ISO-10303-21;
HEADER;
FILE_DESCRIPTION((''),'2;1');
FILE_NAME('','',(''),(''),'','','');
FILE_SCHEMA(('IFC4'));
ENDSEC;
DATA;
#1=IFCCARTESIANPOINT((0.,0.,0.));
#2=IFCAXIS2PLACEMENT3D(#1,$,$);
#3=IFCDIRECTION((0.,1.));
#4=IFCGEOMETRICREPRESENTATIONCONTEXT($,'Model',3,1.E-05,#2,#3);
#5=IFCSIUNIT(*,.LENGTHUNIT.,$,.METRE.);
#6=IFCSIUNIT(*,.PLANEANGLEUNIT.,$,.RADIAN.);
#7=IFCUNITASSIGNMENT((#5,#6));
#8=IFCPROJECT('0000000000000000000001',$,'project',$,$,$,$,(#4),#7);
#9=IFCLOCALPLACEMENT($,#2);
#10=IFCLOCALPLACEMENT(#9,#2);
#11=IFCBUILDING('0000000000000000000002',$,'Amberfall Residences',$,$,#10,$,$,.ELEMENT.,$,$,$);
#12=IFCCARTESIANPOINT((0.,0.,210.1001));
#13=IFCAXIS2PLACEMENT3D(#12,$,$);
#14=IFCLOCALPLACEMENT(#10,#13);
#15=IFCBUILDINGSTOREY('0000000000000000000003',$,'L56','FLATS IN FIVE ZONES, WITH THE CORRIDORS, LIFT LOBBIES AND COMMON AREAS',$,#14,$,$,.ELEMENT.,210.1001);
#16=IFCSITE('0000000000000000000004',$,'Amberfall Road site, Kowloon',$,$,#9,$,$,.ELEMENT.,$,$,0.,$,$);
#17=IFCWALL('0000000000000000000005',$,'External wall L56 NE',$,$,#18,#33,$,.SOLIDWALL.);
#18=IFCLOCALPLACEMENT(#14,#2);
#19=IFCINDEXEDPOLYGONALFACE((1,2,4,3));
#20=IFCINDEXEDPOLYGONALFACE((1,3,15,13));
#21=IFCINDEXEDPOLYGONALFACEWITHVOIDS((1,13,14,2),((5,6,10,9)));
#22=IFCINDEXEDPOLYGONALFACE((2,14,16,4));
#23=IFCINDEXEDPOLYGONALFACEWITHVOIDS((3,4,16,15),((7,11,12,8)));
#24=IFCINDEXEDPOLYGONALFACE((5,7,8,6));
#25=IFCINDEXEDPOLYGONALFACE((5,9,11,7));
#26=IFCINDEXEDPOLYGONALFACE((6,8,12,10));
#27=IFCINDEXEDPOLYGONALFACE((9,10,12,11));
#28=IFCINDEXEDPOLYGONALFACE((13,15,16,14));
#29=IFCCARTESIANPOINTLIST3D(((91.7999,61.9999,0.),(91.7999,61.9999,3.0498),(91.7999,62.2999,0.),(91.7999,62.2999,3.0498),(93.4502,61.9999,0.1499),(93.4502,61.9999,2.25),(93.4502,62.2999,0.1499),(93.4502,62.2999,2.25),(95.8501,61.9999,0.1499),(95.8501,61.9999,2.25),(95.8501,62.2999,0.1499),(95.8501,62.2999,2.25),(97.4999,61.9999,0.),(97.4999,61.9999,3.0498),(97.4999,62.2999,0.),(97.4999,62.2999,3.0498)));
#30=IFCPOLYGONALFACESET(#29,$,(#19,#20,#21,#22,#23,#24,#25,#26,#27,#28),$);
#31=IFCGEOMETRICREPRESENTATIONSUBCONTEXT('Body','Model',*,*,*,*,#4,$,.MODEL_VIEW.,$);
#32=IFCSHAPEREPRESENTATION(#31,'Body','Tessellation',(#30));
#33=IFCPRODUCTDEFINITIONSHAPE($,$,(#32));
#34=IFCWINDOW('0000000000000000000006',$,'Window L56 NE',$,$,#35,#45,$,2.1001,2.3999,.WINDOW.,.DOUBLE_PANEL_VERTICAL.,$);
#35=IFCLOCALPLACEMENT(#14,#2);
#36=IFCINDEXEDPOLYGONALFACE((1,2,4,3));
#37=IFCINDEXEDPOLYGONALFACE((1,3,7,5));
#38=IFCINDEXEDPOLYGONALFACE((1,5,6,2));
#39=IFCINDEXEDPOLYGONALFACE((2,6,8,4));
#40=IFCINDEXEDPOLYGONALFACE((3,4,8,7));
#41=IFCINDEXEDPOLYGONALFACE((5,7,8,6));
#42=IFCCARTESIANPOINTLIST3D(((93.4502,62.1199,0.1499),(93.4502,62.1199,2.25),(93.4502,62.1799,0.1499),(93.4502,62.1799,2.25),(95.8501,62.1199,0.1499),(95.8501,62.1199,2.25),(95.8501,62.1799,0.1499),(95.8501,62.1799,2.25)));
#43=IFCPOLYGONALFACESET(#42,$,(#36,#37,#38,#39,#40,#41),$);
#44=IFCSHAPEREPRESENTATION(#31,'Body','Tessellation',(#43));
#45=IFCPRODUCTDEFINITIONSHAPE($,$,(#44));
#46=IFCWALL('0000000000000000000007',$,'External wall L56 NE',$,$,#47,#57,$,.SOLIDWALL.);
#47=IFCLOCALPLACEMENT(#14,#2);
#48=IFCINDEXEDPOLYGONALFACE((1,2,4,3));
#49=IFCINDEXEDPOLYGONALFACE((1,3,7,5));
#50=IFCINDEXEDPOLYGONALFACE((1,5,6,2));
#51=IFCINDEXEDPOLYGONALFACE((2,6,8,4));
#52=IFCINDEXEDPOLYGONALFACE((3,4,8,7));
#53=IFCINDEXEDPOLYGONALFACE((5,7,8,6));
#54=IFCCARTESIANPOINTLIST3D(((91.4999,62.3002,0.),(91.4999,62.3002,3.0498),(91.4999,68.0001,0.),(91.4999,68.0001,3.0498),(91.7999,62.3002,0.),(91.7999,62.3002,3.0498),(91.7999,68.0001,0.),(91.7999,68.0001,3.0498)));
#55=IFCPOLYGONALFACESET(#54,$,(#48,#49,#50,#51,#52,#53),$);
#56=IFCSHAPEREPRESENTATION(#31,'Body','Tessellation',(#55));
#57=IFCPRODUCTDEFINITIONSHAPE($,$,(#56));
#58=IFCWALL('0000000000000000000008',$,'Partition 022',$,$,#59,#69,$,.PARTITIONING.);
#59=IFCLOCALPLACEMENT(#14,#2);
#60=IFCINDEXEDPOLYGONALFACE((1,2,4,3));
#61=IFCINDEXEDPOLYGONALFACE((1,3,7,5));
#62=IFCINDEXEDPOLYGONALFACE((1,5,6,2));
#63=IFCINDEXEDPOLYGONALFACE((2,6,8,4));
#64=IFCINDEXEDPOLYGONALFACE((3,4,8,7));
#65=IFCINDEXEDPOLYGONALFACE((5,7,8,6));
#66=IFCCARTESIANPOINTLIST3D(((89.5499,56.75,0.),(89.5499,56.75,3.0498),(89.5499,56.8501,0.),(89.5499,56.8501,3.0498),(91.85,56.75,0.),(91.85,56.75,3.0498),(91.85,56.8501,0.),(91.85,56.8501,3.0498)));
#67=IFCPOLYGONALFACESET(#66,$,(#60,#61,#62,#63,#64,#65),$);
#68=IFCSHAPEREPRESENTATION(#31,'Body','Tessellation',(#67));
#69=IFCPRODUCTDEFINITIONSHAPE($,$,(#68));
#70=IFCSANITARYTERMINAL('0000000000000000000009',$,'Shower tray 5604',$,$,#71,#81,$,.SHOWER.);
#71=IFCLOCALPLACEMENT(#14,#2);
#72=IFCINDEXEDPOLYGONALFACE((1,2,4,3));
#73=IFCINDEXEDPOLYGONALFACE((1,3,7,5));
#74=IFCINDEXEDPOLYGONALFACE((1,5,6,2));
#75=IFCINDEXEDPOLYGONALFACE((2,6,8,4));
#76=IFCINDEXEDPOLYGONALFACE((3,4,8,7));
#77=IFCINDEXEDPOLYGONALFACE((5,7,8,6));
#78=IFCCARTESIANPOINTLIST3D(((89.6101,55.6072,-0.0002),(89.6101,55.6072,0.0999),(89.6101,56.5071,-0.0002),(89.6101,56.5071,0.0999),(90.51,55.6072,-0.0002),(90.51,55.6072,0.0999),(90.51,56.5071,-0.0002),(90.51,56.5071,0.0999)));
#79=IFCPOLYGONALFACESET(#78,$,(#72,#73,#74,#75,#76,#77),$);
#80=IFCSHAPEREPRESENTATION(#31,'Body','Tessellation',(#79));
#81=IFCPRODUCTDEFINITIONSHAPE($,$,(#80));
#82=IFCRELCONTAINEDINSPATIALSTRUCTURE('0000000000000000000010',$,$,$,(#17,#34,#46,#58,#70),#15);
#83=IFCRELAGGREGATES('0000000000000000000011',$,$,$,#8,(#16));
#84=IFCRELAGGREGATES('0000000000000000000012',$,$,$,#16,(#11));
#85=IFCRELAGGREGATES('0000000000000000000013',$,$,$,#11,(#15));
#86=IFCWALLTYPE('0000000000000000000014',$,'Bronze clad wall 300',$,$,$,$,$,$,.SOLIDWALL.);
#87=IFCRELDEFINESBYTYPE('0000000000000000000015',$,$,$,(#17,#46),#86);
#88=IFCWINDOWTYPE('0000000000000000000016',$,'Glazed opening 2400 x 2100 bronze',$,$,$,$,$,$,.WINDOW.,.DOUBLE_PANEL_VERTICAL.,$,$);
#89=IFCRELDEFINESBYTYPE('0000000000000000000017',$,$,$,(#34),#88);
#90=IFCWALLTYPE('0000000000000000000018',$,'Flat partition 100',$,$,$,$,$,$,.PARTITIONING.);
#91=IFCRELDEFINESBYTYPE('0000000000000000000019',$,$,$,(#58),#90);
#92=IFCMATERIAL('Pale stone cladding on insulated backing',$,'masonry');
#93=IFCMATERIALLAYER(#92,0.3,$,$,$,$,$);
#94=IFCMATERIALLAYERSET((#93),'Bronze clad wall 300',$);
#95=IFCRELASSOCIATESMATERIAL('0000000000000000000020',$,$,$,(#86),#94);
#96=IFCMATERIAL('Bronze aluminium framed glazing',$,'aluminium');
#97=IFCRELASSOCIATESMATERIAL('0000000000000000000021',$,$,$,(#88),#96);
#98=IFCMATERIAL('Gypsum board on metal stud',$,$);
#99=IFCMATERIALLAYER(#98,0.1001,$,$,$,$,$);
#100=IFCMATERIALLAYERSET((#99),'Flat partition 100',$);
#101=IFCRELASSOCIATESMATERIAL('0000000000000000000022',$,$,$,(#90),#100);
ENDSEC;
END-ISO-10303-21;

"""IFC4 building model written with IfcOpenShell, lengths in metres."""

from ifc_helpers import new_model, si_unit, direction, frame, frame_2d, origin, origin_2d, place, context, subcontext, project, spatial, rectangle, extrude, material, layer, layer_set, type_object, element, fill, save


model = new_model("IFC4")

# Units and contexts
model_context = context("Model", 3, precision=1e-05, world=origin(), true_north=direction((0.0, 1.0)))
body_context = subcontext(model_context, "Body", "Model", "MODEL_VIEW")
ifc_project = project(units=[si_unit("LENGTHUNIT", "METRE"), si_unit("PLANEANGLEUNIT", "RADIAN")], contexts=[model_context])

# Site, building, storey
site_placement = place(None, origin())
site = spatial("IfcSite", under=ifc_project, at=site_placement, Name="Amberfall Road site, Kowloon", CompositionType="ELEMENT", RefElevation=0.0)
building_placement = place(site_placement, origin())
building = spatial("IfcBuilding", under=site, at=building_placement, Name="Amberfall Residences", CompositionType="ELEMENT")
storey_placement = place(building_placement, frame((0.0, 0.0, 210.1001)))
storey = spatial("IfcBuildingStorey", under=building, at=storey_placement, Name="L56", Description="FLATS IN FIVE ZONES, WITH THE CORRIDORS, LIFT LOBBIES AND COMMON AREAS", CompositionType="ELEMENT", Elevation=210.1001)

# Wall, opening, window
ifc_material_1 = material(Name="Pale stone cladding on insulated backing", Category="masonry")
ifc_layer_1 = layer(ifc_material_1, 0.3)
ifc_layer_set_1 = layer_set([ifc_layer_1], Name="Bronze clad wall 300")
wall_type_1 = type_object("IfcWallType", Name="Bronze clad wall 300", PredefinedType="SOLIDWALL", material=ifc_layer_set_1)
wall_1_placement = place(storey_placement, frame((97.5, 62.1499, 0.0), z_axis=(0.0, 0.0, 1.0), x_axis=(-1.0, 0.0, 0.0)))
wall_1 = element("IfcWall", 1, at=wall_1_placement, inside=storey, type_object=wall_type_1, Name="External wall L56 NE", PredefinedType="SOLIDWALL", context=body_context, shape_type="SweptSolid", body=[
    extrude(rectangle(XDim=5.7, YDim=0.3, at=frame_2d((2.8501, 0.0))), origin(), (0.0, 0.0, 1.0), 3.0498),
])
opening_placement = place(wall_1_placement, frame((1.6499, 0.0, 0.1499)))
opening = element("IfcOpeningElement", 2, at=opening_placement, cuts=wall_1, PredefinedType="OPENING", context=body_context, shape_type="SweptSolid", body=[
    extrude(rectangle(XDim=2.3999, YDim=2.1001, at=frame_2d((1.2, 1.05))), frame((0.0, 0.1599, 0.0), z_axis=(0.0, -1.0, 0.0), x_axis=(1.0, 0.0, 0.0)), (0.0, 0.0, 1.0), 0.3201),
])
ifc_material_2 = material(Name="Bronze aluminium framed glazing", Category="aluminium")
window_type = type_object("IfcWindowType", Name="Glazed opening 2400 x 2100 bronze", PartitioningType="DOUBLE_PANEL_VERTICAL", PredefinedType="WINDOW", material=ifc_material_2)
window_placement = place(opening_placement, origin())
window = element("IfcWindow", 3, at=window_placement, inside=storey, type_object=window_type, Name="Window L56 NE", OverallHeight=2.1001, OverallWidth=2.3999, PartitioningType="DOUBLE_PANEL_VERTICAL", PredefinedType="WINDOW", context=body_context, shape_type="SweptSolid", body=[
    extrude(rectangle(XDim=2.3999, YDim=2.1001, at=frame_2d((1.2, 1.05))), frame((0.0, 0.03, 0.0), z_axis=(0.0, -1.0, 0.0), x_axis=(1.0, 0.0, 0.0)), (0.0, 0.0, 1.0), 0.0601),
])
fill(opening, window)

# Walls
wall_2_placement = place(storey_placement, frame((91.6499, 62.3, 0.0), z_axis=(0.0, 0.0, 1.0), x_axis=(0.0, 1.0, 0.0)))
element("IfcWall", 4, at=wall_2_placement, inside=storey, type_object=wall_type_1, Name="External wall L56 NE", PredefinedType="SOLIDWALL", context=body_context, shape_type="SweptSolid", body=[
    extrude(rectangle(XDim=5.7, YDim=0.3, at=frame_2d((2.8501, 0.0))), origin(), (0.0, 0.0, 1.0), 3.0498),
])
ifc_material_3 = material(Name="Gypsum board on metal stud")
ifc_layer_2 = layer(ifc_material_3, 0.1001)
ifc_layer_set_2 = layer_set([ifc_layer_2], Name="Flat partition 100")
wall_type_2 = type_object("IfcWallType", Name="Flat partition 100", PredefinedType="PARTITIONING", material=ifc_layer_set_2)
wall_3_placement = place(storey_placement, frame((89.55, 56.8, 0.0), z_axis=(0.0, 0.0, 1.0), x_axis=(1.0, 0.0, 0.0)))
element("IfcWall", 5, at=wall_3_placement, inside=storey, type_object=wall_type_2, Name="Partition 022", PredefinedType="PARTITIONING", context=body_context, shape_type="SweptSolid", body=[
    extrude(rectangle(XDim=2.3, YDim=0.1001, at=frame_2d((1.1499, 0.0))), origin(), (0.0, 0.0, 1.0), 3.0498),
])

# Sanitary terminal
sanitary_terminal_placement = place(storey_placement, frame((90.0601, 56.0571, -0.0002), z_axis=(0.0, 0.0, 1.0), x_axis=(1.0, 0.0, 0.0)))
element("IfcSanitaryTerminal", 6, at=sanitary_terminal_placement, inside=storey, Name="Shower tray 5604", PredefinedType="SHOWER", context=body_context, shape_type="SweptSolid", body=[
    extrude(rectangle(XDim=0.8999, YDim=0.8999, at=origin_2d()), origin(), (0.0, 0.0, 1.0), 0.1001),
])

save(model, "model.ifc")
